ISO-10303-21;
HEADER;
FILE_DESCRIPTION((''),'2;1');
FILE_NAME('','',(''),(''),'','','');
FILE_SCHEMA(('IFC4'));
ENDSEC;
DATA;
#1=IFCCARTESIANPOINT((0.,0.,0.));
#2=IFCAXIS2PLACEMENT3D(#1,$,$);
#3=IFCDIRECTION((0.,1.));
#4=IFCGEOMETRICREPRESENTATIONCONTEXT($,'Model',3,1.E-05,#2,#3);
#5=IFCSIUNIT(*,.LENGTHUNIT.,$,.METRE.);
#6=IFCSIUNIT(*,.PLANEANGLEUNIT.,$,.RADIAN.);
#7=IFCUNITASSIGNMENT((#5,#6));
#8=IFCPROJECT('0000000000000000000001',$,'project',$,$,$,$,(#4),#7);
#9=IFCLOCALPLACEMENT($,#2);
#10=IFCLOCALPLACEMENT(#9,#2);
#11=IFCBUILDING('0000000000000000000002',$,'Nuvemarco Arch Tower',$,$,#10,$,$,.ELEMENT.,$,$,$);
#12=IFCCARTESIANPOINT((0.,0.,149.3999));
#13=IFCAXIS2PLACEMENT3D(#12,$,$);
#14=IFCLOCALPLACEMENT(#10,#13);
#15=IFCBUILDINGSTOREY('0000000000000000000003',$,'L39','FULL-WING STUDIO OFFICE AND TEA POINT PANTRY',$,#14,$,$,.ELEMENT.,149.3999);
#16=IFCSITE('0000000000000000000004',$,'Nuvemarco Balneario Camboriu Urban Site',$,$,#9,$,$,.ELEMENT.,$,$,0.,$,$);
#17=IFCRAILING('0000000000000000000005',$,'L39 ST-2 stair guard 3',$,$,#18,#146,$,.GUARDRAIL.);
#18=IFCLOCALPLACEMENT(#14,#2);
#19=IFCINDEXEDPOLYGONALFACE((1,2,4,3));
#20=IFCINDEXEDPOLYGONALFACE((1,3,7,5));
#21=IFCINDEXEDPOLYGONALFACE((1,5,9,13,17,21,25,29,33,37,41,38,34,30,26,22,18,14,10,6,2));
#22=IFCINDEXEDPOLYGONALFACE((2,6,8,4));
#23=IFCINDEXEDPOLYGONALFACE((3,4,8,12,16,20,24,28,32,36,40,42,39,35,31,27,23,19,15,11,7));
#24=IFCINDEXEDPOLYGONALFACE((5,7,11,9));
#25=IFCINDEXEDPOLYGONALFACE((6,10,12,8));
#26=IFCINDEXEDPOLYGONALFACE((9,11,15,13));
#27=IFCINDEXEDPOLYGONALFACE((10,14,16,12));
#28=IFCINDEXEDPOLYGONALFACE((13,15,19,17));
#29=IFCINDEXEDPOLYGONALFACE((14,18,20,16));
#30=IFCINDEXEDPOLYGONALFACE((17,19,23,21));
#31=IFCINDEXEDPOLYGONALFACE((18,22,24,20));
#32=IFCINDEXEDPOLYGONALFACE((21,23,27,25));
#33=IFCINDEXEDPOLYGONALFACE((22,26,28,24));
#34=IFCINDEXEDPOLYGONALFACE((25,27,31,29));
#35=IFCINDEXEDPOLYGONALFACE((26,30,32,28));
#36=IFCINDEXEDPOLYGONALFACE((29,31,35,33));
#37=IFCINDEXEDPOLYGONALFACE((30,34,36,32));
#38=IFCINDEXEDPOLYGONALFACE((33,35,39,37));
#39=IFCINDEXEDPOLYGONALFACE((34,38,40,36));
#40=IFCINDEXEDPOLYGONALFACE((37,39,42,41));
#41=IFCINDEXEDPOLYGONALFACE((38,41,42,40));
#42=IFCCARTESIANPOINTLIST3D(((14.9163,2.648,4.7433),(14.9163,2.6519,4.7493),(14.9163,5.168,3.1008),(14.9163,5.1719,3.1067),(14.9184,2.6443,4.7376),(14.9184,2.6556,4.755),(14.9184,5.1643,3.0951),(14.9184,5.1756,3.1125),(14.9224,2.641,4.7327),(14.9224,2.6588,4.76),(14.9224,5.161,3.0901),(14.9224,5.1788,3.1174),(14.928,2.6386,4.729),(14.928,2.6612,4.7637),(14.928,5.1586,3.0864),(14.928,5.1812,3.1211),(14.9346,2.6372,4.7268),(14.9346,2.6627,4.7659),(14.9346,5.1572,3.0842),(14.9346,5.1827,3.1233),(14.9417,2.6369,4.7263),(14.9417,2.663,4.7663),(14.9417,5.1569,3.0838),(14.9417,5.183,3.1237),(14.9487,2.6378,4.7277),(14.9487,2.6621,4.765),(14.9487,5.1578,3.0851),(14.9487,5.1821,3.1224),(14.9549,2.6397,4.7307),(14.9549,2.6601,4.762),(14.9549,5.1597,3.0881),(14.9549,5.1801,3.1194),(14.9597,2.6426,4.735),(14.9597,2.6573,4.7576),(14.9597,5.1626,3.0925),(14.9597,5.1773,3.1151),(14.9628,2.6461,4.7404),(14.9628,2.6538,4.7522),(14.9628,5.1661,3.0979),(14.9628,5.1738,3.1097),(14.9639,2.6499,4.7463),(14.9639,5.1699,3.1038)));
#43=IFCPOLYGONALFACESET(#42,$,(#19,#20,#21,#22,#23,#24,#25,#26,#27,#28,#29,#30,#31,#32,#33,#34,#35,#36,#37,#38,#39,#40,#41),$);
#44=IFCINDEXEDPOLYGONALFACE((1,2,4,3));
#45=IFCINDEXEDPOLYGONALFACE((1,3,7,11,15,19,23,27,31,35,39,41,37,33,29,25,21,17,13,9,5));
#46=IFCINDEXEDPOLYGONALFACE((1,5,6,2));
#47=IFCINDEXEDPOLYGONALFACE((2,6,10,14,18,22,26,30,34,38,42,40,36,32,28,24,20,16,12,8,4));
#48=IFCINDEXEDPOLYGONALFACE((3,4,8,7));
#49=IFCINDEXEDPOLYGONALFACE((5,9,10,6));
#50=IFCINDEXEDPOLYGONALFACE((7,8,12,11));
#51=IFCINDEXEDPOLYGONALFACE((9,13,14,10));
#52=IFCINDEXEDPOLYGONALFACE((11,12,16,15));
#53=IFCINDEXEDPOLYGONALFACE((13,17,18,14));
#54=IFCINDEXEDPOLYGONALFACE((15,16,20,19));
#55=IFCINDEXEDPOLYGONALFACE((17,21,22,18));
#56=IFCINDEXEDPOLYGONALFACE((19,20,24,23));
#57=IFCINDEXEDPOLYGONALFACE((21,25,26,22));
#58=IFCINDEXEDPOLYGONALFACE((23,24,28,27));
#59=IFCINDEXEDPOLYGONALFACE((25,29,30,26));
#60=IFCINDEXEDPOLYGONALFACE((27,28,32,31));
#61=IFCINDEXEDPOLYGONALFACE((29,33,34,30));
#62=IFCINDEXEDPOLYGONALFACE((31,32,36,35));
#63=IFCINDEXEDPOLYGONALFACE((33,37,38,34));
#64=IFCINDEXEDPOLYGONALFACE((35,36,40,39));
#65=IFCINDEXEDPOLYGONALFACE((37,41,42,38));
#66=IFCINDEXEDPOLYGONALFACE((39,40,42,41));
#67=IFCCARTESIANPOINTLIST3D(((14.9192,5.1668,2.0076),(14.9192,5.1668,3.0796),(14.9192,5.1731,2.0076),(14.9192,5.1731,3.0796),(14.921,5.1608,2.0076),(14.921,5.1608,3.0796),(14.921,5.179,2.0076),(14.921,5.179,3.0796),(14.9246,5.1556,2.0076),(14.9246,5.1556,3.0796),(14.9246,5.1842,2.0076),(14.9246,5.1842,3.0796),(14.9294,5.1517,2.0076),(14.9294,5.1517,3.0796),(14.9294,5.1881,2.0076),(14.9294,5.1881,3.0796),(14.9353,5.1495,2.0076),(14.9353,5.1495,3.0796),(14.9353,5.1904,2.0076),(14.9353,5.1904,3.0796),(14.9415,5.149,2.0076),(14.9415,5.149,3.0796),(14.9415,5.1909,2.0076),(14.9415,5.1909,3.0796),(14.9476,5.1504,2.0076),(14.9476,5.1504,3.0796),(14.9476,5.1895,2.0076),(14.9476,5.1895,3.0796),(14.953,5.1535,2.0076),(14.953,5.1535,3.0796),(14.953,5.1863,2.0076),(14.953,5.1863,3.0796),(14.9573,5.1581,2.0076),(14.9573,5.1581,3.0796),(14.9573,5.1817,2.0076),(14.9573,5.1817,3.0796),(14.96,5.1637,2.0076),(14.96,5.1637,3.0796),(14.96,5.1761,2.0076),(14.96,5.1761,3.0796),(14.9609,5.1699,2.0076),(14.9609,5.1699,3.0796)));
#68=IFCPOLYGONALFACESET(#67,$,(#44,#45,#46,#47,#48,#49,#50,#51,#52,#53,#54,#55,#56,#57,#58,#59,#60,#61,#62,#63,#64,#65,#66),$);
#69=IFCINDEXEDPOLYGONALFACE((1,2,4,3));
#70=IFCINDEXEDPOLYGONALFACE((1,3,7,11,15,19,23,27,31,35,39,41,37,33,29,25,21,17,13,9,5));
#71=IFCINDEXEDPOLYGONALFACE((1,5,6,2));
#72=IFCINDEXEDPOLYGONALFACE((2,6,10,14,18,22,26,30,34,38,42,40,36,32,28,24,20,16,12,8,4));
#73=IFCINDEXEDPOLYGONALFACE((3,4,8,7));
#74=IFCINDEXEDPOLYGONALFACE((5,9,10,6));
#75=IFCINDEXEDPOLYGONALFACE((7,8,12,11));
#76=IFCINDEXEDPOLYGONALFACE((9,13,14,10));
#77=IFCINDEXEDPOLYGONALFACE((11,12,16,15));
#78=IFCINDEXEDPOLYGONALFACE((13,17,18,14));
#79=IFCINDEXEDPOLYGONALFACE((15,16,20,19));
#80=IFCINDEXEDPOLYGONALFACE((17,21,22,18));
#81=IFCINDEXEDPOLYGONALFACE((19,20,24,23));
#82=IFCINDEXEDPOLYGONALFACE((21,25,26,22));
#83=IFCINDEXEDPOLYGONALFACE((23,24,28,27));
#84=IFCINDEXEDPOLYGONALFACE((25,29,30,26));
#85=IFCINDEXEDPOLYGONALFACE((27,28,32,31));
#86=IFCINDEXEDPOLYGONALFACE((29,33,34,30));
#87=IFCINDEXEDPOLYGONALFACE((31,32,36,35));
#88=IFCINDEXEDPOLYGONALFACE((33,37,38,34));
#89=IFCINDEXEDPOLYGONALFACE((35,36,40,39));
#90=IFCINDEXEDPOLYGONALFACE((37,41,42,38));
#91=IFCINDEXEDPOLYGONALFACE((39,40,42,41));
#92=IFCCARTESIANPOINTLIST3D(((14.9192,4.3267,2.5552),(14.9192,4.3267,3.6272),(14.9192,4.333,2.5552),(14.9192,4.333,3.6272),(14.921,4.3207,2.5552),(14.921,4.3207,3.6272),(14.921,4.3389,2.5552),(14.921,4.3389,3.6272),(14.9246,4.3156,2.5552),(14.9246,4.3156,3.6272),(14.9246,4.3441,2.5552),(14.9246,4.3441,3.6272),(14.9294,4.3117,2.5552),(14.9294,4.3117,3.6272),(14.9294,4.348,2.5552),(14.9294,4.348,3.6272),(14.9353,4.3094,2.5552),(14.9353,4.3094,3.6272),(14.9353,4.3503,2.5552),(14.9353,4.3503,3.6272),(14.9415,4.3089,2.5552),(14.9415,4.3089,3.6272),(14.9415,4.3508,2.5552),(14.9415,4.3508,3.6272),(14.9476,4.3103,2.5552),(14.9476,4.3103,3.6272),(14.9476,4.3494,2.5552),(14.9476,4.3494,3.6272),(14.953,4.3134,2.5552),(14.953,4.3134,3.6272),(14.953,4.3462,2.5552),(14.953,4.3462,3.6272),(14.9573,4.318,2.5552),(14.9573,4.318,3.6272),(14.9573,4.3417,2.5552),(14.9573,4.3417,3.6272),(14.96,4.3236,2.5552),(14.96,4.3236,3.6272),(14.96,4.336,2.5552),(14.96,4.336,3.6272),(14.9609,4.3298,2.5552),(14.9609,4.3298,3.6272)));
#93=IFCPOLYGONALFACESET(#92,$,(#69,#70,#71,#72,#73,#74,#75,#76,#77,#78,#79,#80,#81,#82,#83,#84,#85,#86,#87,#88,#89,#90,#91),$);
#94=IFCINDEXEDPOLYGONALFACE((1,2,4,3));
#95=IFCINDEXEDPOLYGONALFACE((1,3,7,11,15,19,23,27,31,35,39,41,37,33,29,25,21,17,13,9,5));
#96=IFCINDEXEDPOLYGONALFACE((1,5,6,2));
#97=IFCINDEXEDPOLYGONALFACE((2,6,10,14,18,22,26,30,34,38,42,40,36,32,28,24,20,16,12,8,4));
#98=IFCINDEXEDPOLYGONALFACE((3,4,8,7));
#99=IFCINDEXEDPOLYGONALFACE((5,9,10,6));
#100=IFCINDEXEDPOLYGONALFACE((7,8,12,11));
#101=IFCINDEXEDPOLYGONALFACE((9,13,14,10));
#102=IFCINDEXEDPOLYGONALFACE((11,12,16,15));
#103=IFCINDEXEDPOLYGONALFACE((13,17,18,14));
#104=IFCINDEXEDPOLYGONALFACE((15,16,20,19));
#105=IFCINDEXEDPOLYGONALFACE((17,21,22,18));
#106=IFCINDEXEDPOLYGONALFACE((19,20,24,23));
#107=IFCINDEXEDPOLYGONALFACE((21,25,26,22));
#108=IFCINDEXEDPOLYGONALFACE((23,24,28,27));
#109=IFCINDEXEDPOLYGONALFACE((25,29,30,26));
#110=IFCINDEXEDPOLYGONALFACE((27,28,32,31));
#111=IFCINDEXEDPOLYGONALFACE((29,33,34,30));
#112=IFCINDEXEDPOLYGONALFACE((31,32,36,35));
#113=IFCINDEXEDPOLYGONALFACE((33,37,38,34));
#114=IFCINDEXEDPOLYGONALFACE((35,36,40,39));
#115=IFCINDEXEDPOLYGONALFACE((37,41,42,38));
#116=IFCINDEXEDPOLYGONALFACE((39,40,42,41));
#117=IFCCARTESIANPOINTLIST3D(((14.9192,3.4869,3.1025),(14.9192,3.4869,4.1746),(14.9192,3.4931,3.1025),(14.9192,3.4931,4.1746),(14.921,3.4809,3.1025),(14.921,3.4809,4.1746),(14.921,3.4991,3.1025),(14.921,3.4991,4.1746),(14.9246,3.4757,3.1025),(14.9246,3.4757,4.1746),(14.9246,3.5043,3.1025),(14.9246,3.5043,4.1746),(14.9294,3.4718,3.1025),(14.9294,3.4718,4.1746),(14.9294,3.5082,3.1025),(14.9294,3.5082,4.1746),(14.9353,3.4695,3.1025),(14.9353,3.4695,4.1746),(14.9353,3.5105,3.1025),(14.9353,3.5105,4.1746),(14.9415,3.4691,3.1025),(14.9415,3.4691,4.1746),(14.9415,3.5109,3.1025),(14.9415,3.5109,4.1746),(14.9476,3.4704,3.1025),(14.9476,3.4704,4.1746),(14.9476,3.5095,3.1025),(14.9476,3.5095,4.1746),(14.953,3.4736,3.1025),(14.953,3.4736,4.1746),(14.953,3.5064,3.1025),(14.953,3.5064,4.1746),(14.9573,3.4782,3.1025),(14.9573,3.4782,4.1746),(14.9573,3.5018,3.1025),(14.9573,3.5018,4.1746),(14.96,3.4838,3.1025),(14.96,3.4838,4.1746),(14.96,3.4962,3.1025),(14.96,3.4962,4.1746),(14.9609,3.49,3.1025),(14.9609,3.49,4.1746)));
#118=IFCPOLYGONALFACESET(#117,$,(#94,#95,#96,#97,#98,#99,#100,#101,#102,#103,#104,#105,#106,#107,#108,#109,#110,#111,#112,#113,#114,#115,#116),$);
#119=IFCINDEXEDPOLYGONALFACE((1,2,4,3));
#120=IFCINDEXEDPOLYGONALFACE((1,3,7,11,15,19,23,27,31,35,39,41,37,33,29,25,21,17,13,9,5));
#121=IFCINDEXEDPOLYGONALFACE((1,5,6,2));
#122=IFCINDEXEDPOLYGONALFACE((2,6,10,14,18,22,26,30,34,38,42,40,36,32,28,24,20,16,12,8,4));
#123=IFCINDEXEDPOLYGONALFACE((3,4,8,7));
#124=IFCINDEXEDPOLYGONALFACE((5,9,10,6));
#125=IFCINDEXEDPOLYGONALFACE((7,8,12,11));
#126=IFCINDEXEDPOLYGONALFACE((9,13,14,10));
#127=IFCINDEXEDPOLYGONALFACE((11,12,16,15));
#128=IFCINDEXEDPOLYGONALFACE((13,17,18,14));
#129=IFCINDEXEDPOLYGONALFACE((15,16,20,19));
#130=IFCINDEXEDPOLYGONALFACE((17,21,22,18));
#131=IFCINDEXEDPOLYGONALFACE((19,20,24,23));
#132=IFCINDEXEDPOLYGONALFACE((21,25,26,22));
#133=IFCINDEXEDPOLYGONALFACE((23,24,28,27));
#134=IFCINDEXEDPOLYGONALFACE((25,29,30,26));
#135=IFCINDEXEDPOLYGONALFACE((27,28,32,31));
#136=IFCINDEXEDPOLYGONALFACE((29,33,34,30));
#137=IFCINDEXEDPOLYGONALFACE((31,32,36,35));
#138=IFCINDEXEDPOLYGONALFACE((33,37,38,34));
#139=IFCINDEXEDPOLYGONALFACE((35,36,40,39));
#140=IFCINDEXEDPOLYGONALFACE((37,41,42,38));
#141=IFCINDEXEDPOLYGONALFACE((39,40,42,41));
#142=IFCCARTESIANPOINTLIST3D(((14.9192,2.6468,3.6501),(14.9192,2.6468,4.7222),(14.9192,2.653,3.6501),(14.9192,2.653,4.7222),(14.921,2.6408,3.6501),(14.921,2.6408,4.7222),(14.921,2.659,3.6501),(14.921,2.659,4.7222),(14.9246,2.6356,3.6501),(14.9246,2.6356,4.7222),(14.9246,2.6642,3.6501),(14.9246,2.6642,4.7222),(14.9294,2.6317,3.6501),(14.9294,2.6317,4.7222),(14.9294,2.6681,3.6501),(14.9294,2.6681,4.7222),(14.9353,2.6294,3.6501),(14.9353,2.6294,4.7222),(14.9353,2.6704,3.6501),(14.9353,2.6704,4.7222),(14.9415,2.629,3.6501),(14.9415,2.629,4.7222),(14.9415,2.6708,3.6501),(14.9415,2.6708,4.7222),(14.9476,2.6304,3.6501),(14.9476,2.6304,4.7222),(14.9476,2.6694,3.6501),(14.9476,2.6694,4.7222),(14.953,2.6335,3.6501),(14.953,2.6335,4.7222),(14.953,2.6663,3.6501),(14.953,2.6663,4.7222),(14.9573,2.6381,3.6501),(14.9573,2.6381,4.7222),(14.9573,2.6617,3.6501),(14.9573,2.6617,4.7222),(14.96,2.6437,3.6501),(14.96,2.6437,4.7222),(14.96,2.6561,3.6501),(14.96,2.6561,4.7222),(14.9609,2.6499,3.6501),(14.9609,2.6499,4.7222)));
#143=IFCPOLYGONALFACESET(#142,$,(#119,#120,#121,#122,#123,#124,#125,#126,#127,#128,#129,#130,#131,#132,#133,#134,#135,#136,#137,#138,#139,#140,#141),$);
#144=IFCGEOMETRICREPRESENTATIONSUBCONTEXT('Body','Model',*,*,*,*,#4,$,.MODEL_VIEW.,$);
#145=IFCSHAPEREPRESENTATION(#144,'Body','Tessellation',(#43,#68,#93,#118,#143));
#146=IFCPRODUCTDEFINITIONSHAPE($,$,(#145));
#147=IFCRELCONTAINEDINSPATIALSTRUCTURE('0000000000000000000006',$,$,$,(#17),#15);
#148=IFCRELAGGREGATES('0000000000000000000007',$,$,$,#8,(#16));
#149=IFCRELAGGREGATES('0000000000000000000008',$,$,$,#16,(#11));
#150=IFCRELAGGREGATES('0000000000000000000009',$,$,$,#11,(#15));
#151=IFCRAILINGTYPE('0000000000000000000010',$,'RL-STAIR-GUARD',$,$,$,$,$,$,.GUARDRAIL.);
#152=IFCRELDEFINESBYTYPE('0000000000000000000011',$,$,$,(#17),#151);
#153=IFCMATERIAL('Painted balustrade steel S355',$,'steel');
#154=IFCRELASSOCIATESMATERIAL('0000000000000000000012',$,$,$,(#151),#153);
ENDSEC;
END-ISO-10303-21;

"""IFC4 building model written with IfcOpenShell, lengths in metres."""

from ifc_helpers import new_model, si_unit, direction, frame, origin, origin_2d, place, context, subcontext, project, spatial, circle, extrude, material, type_object, element, save


model = new_model("IFC4")

# Units and contexts
model_context = context("Model", 3, precision=1e-05, world=origin(), true_north=direction((0.0, 1.0)))
body_context = subcontext(model_context, "Body", "Model", "MODEL_VIEW")
ifc_project = project(units=[si_unit("LENGTHUNIT", "METRE"), si_unit("PLANEANGLEUNIT", "RADIAN")], contexts=[model_context])

# Site, building, storey
site_placement = place(None, origin())
site = spatial("IfcSite", under=ifc_project, at=site_placement, Name="Nuvemarco Balneario Camboriu Urban Site", CompositionType="ELEMENT", RefElevation=0.0)
building_placement = place(site_placement, origin())
building = spatial("IfcBuilding", under=site, at=building_placement, Name="Nuvemarco Arch Tower", CompositionType="ELEMENT")
storey_placement = place(building_placement, frame((0.0, 0.0, 149.3999)))
storey = spatial("IfcBuildingStorey", under=building, at=storey_placement, Name="L39", Description="FULL-WING STUDIO OFFICE AND TEA POINT PANTRY", CompositionType="ELEMENT", Elevation=149.3999)

# Railing
ifc_material_1 = material(Name="Painted balustrade steel S355", Category="steel")
railing_type_1 = type_object("IfcRailingType", Name="RL-STAIR-GUARD", PredefinedType="GUARDRAIL", material=ifc_material_1)
railing_1_placement = place(storey_placement, frame((14.9399, 5.1699, 2.0076)))
element("IfcRailing", 1, at=railing_1_placement, inside=storey, type_object=railing_type_1, Name="L39 ST-2 stair guard 3", PredefinedType="GUARDRAIL", context=body_context, shape_type="SweptSolid", body=[
    extrude(circle(Radius=0.0239, at=origin_2d()), frame((0.0, 0.0, 1.0962), z_axis=(0.0, -0.837749, 0.546055), x_axis=(1.0, 0.0, 0.0)), (0.0, 0.0, 1.0), 3.0081),
    extrude(circle(Radius=0.021, at=origin_2d()), origin(), (0.0, 0.0, 1.0), 1.072),
    extrude(circle(Radius=0.021, at=origin_2d()), frame((0.0, -0.8401, 0.5476)), (0.0, 0.0, 1.0), 1.072),
    extrude(circle(Radius=0.021, at=origin_2d()), frame((0.0, -1.6799, 1.095)), (0.0, 0.0, 1.0), 1.072),
    extrude(circle(Radius=0.021, at=origin_2d()), frame((0.0, -2.52, 1.6426)), (0.0, 0.0, 1.0), 1.072),
])

save(model, "model.ifc")
